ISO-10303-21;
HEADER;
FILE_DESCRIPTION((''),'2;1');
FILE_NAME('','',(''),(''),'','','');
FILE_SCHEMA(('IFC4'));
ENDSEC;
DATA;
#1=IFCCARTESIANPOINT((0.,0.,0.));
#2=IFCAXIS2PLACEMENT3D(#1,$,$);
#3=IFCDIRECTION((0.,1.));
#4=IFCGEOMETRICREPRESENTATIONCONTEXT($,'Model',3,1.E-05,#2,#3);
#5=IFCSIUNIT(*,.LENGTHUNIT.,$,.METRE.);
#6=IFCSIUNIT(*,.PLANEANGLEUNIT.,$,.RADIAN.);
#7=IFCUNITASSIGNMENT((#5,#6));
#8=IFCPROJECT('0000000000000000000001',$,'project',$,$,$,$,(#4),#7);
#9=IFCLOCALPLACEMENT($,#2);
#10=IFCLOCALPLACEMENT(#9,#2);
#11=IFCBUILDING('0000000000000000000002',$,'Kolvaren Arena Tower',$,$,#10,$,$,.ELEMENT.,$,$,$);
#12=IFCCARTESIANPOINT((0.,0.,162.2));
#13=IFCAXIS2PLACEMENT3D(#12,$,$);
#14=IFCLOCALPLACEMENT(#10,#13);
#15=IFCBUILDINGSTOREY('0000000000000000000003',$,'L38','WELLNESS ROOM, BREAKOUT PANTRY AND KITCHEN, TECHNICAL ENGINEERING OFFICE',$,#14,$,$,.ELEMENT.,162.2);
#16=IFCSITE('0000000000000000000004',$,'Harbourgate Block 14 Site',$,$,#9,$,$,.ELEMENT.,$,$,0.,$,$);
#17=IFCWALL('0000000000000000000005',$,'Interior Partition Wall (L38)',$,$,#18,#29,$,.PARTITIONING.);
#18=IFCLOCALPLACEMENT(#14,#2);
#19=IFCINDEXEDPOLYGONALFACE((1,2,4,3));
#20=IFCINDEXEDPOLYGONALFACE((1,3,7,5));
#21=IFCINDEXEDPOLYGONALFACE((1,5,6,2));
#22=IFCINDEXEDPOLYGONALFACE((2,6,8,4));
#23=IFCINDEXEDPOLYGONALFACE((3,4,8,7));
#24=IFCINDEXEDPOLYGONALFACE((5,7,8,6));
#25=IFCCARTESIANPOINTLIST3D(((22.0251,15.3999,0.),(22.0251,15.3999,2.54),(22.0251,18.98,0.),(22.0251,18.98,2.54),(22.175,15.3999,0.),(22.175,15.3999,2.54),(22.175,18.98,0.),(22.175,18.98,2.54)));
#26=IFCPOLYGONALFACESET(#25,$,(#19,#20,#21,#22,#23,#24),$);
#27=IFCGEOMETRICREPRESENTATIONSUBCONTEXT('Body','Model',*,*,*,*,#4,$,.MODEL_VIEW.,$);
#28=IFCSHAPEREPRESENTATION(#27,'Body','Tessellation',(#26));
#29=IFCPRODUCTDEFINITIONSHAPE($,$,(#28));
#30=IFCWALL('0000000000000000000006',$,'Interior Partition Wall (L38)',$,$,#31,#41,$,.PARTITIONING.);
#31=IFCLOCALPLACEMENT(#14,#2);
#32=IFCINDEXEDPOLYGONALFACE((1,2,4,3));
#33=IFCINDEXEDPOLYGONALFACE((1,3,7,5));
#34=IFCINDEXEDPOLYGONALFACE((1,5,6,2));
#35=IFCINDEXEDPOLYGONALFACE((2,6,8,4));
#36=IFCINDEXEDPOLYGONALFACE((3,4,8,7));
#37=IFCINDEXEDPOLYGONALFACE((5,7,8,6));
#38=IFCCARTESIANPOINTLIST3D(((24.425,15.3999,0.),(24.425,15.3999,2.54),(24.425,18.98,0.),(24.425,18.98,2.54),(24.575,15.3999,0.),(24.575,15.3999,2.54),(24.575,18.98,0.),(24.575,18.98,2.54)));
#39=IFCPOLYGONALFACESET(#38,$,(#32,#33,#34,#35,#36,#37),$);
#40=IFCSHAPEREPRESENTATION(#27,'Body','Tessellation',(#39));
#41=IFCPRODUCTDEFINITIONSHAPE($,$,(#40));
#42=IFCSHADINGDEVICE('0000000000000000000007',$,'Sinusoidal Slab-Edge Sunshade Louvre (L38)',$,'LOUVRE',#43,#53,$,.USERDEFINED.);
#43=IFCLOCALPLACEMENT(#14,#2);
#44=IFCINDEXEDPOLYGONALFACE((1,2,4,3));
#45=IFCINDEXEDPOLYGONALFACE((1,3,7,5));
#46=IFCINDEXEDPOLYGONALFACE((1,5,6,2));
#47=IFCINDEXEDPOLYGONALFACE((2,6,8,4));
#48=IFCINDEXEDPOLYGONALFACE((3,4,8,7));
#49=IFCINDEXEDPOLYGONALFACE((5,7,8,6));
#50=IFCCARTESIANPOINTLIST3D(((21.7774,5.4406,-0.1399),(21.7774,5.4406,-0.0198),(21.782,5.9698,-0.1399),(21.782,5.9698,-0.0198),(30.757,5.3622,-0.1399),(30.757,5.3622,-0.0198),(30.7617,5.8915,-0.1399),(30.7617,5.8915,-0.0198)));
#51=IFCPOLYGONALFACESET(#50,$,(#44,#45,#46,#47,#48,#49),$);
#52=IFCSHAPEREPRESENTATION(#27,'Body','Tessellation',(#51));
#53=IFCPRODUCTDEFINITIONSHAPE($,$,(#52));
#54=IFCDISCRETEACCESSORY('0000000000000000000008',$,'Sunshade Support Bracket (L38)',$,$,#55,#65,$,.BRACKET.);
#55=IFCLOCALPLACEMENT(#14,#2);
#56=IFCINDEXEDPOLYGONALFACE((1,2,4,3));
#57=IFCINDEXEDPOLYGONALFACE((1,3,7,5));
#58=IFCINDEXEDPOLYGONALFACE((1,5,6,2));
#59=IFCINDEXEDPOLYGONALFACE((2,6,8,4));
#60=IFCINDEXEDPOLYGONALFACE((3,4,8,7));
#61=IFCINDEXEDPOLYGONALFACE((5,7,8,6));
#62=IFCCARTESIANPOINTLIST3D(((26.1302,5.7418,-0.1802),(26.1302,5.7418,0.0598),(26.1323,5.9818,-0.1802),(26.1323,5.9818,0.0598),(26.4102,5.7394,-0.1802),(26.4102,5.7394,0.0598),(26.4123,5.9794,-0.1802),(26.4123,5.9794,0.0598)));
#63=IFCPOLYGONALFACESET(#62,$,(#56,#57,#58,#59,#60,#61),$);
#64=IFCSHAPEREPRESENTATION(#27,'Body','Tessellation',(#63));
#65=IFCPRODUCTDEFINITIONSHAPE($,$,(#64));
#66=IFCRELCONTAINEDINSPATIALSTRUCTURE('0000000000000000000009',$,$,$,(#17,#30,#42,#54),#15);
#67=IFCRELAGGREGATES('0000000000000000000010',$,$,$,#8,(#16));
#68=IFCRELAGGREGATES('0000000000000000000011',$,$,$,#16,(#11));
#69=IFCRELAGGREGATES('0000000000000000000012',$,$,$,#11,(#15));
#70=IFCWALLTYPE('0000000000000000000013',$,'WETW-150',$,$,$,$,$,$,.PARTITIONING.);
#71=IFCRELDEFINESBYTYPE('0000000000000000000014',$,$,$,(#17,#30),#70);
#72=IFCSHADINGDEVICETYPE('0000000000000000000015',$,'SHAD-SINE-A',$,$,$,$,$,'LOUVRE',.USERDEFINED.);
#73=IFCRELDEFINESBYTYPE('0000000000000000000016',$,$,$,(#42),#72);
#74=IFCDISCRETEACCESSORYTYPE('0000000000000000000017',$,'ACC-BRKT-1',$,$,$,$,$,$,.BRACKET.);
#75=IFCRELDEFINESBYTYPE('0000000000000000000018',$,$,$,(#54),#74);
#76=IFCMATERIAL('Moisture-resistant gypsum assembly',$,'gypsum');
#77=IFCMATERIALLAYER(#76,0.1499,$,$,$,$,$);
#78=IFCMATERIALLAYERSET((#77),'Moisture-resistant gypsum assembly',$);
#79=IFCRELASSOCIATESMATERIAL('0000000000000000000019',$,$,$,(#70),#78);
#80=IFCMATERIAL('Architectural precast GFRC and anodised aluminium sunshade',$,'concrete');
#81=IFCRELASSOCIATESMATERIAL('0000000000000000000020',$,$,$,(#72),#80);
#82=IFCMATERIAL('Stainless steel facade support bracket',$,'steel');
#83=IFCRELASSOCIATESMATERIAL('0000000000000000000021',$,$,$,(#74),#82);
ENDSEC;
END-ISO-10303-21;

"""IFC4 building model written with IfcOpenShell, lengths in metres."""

from ifc_helpers import new_model, si_unit, direction, frame, frame_2d, origin, origin_2d, place, context, subcontext, project, spatial, rectangle, extrude, material, layer, layer_set, type_object, element, save


model = new_model("IFC4")

# Units and contexts
model_context = context("Model", 3, precision=1e-05, world=origin(), true_north=direction((0.0, 1.0)))
body_context = subcontext(model_context, "Body", "Model", "MODEL_VIEW")
ifc_project = project(units=[si_unit("LENGTHUNIT", "METRE"), si_unit("PLANEANGLEUNIT", "RADIAN")], contexts=[model_context])

# Site, building, storey
site_placement = place(None, origin())
site = spatial("IfcSite", under=ifc_project, at=site_placement, Name="Harbourgate Block 14 Site", CompositionType="ELEMENT", RefElevation=0.0)
building_placement = place(site_placement, origin())
building = spatial("IfcBuilding", under=site, at=building_placement, Name="Kolvaren Arena Tower", CompositionType="ELEMENT")
storey_placement = place(building_placement, frame((0.0, 0.0, 162.2)))
storey = spatial("IfcBuildingStorey", under=building, at=storey_placement, Name="L38", Description="WELLNESS ROOM, BREAKOUT PANTRY AND KITCHEN, TECHNICAL ENGINEERING OFFICE", CompositionType="ELEMENT", Elevation=162.2)

# Walls
ifc_material_1 = material(Name="Moisture-resistant gypsum assembly", Category="gypsum")
ifc_layer_1 = layer(ifc_material_1, 0.1499)
ifc_layer_set_1 = layer_set([ifc_layer_1], Name="Moisture-resistant gypsum assembly")
wall_type_1 = type_object("IfcWallType", Name="WETW-150", PredefinedType="PARTITIONING", material=ifc_layer_set_1)
for number, where, z_axis, x_axis, name in (
    (1, (22.1001, 15.3999, 0.0), (0.0, 0.0, 1.0), (0.0, 1.0, 0.0), "Interior Partition Wall (L38)"),
    (2, (24.5, 15.3999, 0.0), (0.0, 0.0, 1.0), (0.0, 1.0, 0.0), "Interior Partition Wall (L38)"),
):
    element("IfcWall", number, at=place(storey_placement, frame(where, z_axis=z_axis, x_axis=x_axis)), inside=storey, type_object=wall_type_1, Name=name, PredefinedType="PARTITIONING", context=body_context, shape_type="SweptSolid", body=[
        extrude(rectangle(XDim=3.5801, YDim=0.1499, at=frame_2d((1.79, 0.0))), origin(), (0.0, 0.0, 1.0), 2.54),
    ])

# Shading device
ifc_material_2 = material(Name="Architectural precast GFRC and anodised aluminium sunshade", Category="concrete")
shading_device_type = type_object("IfcShadingDeviceType", Name="SHAD-SINE-A", ElementType="LOUVRE", PredefinedType="USERDEFINED", material=ifc_material_2)
shading_device_placement = place(storey_placement, frame((26.2695, 5.666, -0.1399), z_axis=(0.0, 0.0, 1.0), x_axis=(-0.999962, 0.008727, 0.0)))
element("IfcShadingDevice", 3, at=shading_device_placement, inside=storey, type_object=shading_device_type, Name="Sinusoidal Slab-Edge Sunshade Louvre (L38)", ObjectType="LOUVRE", PredefinedType="USERDEFINED", context=body_context, shape_type="SweptSolid", body=[
    extrude(rectangle(XDim=8.98, YDim=0.5293, at=origin_2d()), origin(), (0.0, 0.0, 1.0), 0.1201),
])

# Discrete accessory
ifc_material_3 = material(Name="Stainless steel facade support bracket", Category="steel")
discrete_accessory_type = type_object("IfcDiscreteAccessoryType", Name="ACC-BRKT-1", PredefinedType="BRACKET", material=ifc_material_3)
discrete_accessory_placement = place(storey_placement, frame((26.2712, 5.8606, -0.1802), z_axis=(0.0, 0.0, 1.0), x_axis=(-0.999962, 0.008727, 0.0)))
element("IfcDiscreteAccessory", 4, at=discrete_accessory_placement, inside=storey, type_object=discrete_accessory_type, Name="Sunshade Support Bracket (L38)", PredefinedType="BRACKET", context=body_context, shape_type="SweptSolid", body=[
    extrude(rectangle(XDim=0.28, YDim=0.24, at=origin_2d()), origin(), (0.0, 0.0, 1.0), 0.24),
])

save(model, "model.ifc")
